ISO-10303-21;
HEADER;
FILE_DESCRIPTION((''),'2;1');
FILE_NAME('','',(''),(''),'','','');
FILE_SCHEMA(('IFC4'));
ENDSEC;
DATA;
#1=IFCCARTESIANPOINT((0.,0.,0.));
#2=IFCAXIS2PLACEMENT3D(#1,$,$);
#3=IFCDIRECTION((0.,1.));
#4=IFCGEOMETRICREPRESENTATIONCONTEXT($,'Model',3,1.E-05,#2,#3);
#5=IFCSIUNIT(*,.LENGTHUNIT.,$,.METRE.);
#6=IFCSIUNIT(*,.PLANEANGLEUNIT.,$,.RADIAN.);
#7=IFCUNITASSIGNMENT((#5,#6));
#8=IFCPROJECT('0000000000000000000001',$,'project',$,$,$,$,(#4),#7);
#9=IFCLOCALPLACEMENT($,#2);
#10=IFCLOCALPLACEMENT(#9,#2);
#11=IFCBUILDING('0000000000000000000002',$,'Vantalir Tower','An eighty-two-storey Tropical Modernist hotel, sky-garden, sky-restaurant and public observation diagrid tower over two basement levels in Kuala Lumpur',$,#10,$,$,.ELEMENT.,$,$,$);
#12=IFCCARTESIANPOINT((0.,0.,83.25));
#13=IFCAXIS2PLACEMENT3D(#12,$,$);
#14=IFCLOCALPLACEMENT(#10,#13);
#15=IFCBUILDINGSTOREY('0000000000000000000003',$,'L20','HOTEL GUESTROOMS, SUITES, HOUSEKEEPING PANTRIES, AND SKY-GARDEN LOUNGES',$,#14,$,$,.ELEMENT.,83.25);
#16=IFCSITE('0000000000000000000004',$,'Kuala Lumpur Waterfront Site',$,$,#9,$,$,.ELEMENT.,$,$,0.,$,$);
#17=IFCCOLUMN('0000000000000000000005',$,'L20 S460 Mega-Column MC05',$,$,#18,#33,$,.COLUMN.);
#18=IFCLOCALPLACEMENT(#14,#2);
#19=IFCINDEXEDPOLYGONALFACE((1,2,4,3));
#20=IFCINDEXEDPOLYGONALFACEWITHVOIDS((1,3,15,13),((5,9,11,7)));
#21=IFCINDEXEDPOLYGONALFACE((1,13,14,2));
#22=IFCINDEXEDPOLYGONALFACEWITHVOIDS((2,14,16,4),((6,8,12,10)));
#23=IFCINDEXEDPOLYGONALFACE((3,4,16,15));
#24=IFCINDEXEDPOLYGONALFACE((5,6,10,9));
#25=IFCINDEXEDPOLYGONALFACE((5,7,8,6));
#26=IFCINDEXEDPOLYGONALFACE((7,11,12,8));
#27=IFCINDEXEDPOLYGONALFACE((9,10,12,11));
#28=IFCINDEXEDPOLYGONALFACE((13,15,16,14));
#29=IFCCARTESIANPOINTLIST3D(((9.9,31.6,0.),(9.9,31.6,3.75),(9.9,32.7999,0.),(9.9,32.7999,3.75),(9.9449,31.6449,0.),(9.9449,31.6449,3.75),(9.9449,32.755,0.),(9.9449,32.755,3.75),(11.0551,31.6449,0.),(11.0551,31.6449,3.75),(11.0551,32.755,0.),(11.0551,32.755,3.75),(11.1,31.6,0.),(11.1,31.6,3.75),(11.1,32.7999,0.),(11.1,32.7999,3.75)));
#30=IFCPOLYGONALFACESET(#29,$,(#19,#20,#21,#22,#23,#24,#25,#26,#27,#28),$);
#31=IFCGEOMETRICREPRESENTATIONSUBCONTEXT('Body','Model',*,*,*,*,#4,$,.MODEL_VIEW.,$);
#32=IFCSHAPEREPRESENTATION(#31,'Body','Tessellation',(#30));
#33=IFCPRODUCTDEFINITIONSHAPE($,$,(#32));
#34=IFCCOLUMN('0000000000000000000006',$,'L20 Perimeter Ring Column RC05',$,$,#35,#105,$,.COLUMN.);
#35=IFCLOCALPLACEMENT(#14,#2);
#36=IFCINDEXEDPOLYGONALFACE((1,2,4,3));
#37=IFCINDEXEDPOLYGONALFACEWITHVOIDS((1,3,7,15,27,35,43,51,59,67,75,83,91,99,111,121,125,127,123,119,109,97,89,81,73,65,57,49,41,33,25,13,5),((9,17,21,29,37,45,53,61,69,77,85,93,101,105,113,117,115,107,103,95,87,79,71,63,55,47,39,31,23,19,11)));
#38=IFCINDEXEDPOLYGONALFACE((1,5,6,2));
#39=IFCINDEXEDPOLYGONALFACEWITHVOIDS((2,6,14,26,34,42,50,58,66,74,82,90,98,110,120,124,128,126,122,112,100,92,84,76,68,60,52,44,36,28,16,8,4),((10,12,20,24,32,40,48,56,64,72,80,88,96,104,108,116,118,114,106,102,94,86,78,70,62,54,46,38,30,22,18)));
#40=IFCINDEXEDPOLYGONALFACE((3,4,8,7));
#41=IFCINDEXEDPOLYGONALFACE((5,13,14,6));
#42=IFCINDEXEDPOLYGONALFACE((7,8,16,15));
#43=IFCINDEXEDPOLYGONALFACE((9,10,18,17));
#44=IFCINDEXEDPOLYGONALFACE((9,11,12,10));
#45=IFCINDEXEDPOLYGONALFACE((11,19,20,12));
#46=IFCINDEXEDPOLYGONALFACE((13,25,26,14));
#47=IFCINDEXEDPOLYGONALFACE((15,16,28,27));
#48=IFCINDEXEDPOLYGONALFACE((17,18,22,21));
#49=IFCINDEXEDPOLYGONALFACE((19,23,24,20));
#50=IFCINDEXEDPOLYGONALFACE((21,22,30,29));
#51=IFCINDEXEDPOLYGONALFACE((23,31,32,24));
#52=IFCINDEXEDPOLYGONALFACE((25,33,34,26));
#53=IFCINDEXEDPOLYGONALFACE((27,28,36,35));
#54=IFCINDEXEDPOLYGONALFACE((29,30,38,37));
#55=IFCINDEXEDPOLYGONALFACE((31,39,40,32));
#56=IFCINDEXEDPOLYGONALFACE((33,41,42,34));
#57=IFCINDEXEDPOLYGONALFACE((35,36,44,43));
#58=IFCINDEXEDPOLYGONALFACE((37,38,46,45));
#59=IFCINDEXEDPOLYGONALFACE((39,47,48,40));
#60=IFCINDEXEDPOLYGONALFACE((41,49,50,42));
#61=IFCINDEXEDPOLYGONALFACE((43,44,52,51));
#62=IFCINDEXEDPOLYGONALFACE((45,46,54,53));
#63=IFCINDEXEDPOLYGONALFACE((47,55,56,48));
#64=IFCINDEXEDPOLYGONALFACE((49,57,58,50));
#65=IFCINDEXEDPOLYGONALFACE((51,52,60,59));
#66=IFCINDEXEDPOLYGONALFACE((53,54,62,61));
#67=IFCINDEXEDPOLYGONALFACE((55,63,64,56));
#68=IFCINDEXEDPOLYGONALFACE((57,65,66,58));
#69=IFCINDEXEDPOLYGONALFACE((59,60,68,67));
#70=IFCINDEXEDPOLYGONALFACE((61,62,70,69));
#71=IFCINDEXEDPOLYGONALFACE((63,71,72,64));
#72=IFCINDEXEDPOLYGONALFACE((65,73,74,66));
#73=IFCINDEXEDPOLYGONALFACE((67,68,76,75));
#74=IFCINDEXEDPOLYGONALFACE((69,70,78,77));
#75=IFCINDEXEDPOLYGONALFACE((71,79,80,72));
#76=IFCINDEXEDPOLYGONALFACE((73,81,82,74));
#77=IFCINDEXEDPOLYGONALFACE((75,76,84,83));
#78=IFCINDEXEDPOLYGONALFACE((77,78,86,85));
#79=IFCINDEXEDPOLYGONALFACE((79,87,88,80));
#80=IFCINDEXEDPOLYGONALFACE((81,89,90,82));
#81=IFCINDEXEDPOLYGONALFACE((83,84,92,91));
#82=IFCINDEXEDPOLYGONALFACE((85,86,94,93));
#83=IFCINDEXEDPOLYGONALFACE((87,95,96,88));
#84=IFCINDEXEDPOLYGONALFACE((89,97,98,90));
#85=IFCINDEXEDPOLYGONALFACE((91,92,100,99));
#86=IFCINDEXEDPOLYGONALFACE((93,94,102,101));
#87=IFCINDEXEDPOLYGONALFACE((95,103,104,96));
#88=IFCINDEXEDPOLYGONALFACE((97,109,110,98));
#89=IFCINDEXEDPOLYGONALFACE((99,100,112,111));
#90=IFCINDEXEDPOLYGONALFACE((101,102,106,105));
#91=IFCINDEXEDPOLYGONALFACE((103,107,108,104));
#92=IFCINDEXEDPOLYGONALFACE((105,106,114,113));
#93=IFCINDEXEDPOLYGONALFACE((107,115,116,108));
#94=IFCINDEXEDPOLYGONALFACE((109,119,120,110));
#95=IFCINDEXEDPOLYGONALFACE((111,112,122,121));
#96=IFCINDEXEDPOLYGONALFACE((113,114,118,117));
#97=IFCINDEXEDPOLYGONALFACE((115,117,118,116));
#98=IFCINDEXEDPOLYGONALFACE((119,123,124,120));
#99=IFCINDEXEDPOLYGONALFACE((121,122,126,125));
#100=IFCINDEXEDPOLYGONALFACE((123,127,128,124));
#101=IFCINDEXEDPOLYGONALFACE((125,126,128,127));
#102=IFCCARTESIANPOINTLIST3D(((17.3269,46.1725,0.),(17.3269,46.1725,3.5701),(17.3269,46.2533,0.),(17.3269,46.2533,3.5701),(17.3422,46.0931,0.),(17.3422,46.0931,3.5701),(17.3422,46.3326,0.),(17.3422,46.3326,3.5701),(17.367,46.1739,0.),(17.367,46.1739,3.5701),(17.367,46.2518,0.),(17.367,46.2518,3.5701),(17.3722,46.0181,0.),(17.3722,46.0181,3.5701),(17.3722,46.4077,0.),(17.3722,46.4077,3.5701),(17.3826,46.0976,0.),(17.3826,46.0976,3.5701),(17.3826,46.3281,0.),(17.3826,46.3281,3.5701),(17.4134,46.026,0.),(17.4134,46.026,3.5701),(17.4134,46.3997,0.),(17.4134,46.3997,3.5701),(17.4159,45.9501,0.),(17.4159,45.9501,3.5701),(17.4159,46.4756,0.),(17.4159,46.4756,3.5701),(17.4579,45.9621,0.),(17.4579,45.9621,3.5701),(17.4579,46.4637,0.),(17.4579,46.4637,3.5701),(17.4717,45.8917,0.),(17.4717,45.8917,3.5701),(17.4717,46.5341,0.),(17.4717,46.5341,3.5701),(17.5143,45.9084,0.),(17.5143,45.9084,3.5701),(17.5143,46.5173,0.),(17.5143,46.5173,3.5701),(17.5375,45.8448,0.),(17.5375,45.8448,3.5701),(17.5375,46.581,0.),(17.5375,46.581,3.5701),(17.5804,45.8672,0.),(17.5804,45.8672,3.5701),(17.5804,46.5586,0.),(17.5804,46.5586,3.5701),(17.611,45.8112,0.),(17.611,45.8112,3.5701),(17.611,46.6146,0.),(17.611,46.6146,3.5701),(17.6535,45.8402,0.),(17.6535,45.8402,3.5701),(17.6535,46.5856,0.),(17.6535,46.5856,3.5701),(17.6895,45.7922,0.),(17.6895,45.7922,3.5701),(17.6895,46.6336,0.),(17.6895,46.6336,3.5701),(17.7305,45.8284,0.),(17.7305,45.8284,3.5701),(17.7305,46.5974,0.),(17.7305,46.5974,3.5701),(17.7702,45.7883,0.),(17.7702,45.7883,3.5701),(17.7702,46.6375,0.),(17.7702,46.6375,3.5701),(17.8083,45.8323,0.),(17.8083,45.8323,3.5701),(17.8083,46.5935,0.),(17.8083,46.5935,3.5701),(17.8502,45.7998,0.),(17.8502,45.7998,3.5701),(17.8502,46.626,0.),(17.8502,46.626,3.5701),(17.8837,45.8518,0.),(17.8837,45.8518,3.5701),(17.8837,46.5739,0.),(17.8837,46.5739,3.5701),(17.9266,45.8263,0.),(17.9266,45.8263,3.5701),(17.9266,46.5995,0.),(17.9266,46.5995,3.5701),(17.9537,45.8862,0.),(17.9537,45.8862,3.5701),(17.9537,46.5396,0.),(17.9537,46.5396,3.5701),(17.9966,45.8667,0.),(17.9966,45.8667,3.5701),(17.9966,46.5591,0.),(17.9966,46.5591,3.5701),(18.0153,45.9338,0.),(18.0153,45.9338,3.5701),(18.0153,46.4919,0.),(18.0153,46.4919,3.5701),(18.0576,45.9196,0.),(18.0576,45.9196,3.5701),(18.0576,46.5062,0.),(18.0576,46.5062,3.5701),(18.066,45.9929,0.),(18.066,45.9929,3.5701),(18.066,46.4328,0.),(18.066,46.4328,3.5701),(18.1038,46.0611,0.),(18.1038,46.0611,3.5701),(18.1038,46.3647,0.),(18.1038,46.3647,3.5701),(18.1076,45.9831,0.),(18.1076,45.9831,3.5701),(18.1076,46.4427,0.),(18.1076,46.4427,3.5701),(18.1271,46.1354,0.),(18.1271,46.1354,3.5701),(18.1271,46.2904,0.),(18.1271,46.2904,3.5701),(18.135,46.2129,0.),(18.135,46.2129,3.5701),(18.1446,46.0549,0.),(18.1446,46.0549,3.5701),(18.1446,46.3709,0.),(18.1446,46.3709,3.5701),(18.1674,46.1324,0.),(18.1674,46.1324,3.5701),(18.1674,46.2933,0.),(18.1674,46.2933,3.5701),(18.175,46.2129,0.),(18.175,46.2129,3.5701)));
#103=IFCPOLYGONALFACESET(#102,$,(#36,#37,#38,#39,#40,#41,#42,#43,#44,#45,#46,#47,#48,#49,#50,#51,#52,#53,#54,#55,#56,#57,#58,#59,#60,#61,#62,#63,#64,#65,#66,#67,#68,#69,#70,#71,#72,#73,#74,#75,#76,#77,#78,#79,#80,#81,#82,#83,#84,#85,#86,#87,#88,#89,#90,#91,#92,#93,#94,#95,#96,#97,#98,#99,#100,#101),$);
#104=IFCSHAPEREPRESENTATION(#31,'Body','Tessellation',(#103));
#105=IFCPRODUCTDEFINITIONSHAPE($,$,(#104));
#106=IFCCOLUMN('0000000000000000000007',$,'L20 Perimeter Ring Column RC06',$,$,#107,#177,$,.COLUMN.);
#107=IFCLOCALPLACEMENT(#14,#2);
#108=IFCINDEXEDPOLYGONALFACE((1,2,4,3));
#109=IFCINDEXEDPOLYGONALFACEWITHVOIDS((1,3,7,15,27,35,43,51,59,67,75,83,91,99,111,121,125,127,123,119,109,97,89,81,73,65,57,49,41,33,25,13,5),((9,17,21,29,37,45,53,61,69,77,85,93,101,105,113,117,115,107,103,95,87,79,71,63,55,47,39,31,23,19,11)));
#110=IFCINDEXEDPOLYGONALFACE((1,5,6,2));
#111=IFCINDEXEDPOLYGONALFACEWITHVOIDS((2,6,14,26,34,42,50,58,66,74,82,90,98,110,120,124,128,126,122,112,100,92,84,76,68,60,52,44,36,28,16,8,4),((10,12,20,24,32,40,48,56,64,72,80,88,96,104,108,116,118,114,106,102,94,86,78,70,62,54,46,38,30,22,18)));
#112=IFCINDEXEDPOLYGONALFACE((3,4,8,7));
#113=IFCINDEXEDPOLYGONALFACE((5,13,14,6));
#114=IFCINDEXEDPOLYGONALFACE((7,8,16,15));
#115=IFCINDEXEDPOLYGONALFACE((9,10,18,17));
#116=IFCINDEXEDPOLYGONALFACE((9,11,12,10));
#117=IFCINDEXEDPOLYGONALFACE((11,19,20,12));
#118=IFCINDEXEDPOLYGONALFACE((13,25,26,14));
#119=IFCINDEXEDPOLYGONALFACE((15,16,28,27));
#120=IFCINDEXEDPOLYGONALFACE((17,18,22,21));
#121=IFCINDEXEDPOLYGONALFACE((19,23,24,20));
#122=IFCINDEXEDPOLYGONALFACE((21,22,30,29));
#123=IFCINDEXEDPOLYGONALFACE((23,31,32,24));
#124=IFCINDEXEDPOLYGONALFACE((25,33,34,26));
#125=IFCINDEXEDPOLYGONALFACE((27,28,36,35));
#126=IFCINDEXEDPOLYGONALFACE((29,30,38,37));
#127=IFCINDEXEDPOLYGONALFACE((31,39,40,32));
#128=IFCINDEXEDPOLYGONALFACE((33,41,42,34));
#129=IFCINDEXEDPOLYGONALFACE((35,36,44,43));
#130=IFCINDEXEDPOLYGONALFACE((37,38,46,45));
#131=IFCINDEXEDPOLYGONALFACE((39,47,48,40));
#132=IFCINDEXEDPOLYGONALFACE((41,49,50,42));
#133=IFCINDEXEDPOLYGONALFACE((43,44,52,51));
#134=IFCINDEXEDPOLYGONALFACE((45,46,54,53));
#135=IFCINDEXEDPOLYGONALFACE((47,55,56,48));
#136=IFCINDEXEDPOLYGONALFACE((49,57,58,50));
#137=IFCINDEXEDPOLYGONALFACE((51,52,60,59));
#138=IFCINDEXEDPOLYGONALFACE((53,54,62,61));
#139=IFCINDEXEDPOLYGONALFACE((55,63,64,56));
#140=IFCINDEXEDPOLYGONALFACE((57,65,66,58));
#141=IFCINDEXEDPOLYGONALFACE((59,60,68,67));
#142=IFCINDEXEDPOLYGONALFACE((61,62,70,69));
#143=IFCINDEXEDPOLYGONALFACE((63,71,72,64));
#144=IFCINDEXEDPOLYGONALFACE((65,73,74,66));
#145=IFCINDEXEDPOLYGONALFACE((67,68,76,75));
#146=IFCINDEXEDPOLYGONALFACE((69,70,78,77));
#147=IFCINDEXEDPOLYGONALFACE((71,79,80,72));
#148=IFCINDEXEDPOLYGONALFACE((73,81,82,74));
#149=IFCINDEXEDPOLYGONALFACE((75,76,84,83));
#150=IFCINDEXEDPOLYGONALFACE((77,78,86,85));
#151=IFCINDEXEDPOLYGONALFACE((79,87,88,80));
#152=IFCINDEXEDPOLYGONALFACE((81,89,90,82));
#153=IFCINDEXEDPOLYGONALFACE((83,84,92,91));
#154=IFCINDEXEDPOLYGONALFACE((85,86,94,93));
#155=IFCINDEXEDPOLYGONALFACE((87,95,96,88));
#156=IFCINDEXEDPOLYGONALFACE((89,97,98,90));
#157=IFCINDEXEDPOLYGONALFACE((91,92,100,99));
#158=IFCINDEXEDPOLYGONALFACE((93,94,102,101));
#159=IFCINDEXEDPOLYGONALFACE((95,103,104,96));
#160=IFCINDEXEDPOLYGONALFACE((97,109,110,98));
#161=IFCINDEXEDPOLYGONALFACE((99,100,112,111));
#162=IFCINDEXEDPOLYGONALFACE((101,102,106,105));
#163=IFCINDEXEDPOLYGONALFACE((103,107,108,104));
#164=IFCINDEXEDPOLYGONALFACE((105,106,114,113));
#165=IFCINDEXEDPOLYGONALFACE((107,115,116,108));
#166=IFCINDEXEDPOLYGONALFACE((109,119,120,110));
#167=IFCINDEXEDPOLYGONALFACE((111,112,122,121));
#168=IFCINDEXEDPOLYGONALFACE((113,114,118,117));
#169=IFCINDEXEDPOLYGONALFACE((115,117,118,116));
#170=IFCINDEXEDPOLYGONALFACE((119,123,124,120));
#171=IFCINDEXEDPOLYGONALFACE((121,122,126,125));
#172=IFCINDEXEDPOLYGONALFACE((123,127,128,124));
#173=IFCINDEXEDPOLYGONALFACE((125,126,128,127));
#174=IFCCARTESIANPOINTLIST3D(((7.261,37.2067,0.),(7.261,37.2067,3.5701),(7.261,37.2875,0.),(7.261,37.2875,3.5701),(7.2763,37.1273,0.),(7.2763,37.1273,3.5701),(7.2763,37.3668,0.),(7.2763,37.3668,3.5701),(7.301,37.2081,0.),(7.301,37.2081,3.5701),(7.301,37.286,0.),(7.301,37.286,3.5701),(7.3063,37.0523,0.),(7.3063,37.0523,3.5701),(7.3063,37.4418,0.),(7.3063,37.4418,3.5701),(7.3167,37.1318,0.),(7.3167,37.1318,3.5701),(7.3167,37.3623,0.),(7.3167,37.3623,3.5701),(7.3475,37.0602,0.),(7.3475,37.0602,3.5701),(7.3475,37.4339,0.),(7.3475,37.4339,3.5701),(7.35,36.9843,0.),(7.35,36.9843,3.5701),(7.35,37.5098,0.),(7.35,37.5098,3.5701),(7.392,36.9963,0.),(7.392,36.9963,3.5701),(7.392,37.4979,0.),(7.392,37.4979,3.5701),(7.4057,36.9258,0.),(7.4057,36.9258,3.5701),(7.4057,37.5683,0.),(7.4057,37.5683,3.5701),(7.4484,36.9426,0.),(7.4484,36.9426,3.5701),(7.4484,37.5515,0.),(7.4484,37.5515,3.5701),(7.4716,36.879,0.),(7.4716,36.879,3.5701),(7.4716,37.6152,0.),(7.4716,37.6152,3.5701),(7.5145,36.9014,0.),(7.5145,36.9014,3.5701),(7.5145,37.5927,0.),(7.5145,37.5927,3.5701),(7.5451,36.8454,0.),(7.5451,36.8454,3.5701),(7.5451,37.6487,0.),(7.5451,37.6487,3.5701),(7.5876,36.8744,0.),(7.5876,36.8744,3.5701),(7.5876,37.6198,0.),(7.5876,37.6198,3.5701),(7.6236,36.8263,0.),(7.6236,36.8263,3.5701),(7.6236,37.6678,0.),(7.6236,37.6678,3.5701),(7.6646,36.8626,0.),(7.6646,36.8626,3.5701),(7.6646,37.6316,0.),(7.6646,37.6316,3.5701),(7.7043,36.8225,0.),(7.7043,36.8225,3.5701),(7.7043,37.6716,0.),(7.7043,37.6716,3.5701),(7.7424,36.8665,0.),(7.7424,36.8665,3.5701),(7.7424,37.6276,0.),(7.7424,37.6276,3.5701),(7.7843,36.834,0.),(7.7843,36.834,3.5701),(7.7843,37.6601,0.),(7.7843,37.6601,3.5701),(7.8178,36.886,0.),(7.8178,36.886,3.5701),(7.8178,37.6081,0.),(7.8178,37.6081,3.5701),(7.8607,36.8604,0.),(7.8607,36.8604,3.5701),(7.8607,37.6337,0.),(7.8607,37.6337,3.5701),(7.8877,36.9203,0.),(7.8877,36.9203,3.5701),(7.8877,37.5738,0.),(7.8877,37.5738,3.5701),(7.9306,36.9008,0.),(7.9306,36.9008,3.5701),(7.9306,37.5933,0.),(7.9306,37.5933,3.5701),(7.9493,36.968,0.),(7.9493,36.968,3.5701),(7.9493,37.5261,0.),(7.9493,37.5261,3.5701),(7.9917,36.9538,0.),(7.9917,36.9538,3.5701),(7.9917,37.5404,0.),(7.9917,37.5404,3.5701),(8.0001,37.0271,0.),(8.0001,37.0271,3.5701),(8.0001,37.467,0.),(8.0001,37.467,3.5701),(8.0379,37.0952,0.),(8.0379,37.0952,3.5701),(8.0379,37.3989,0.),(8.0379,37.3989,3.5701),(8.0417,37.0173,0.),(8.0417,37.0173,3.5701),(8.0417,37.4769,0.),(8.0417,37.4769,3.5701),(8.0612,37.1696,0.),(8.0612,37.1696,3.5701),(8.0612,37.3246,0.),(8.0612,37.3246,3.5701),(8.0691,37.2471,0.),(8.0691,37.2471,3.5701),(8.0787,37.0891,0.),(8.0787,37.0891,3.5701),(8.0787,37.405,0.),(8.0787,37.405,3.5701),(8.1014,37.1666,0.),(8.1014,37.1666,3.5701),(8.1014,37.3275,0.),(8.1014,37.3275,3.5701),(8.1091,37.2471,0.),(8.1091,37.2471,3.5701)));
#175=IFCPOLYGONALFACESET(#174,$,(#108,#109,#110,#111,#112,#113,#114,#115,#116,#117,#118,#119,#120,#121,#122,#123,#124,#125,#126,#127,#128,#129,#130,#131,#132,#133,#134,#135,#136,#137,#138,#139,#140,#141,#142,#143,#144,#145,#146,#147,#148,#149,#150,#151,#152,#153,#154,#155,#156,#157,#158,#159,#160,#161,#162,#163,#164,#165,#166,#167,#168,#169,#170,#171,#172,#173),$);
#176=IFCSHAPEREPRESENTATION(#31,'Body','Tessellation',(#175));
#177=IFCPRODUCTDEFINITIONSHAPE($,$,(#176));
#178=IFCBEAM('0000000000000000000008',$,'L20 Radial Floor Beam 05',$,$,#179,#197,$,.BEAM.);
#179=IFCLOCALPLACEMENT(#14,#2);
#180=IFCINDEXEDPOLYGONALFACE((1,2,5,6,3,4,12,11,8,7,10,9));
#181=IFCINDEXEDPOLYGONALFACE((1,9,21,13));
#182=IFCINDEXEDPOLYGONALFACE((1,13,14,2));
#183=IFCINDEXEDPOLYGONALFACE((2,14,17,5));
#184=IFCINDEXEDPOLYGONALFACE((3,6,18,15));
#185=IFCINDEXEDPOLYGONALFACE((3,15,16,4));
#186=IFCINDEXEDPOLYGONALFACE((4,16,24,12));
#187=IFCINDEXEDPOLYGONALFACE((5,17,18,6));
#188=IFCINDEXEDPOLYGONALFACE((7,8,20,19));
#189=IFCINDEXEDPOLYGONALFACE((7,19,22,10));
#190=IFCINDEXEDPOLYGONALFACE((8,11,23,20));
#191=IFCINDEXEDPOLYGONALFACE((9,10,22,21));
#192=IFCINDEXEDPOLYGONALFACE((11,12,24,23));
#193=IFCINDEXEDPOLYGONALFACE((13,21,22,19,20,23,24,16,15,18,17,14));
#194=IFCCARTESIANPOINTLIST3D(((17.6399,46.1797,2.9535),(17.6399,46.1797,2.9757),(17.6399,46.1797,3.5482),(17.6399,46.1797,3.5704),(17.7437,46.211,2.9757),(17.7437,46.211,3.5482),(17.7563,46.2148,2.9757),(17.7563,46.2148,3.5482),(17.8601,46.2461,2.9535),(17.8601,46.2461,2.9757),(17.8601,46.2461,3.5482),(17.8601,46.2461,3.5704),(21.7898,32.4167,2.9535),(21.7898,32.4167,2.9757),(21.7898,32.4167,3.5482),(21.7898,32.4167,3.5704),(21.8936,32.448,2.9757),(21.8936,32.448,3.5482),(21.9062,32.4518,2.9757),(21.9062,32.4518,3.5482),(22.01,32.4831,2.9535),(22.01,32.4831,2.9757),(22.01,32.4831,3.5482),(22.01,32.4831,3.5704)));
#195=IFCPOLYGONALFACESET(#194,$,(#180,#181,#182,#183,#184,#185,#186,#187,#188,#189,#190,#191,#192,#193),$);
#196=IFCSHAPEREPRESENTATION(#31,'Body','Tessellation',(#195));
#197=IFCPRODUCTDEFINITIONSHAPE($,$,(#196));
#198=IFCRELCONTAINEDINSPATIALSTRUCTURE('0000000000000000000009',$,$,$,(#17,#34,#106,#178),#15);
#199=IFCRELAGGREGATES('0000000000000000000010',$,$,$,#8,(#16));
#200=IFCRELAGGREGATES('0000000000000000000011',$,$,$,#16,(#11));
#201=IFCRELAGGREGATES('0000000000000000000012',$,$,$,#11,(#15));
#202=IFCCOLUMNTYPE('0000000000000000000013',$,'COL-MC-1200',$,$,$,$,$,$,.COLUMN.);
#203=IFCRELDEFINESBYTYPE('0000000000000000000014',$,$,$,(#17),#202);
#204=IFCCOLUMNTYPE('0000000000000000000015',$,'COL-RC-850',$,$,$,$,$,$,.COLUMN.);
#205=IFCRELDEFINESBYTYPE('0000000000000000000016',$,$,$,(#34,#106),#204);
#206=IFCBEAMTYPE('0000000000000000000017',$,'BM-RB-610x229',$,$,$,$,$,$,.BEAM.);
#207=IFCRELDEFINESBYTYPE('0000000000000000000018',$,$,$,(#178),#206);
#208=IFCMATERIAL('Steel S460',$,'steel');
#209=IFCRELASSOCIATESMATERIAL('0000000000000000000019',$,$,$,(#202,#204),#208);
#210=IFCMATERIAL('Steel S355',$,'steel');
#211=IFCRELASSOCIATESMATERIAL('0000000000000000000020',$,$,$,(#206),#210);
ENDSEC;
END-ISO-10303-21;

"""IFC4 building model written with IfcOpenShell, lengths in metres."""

from ifc_helpers import new_model, si_unit, direction, frame, origin, origin_2d, place, context, subcontext, project, spatial, hollow_rectangle, hollow_circle, i_section, extrude, material, material_profile, profile_set, type_object, element, save


model = new_model("IFC4")

# Units and contexts
model_context = context("Model", 3, precision=1e-05, world=origin(), true_north=direction((0.0, 1.0)))
body_context = subcontext(model_context, "Body", "Model", "MODEL_VIEW")
ifc_project = project(units=[si_unit("LENGTHUNIT", "METRE"), si_unit("PLANEANGLEUNIT", "RADIAN")], contexts=[model_context])

# Site, building, storey
site_placement = place(None, origin())
site = spatial("IfcSite", under=ifc_project, at=site_placement, Name="Kuala Lumpur Waterfront Site", CompositionType="ELEMENT", RefElevation=0.0)
building_placement = place(site_placement, origin())
building = spatial("IfcBuilding", under=site, at=building_placement, Name="Vantalir Tower", Description="An eighty-two-storey Tropical Modernist hotel, sky-garden, sky-restaurant and public observation diagrid tower over two basement levels in Kuala Lumpur", CompositionType="ELEMENT")
storey_placement = place(building_placement, frame((0.0, 0.0, 83.25)))
storey = spatial("IfcBuildingStorey", under=building, at=storey_placement, Name="L20", Description="HOTEL GUESTROOMS, SUITES, HOUSEKEEPING PANTRIES, AND SKY-GARDEN LOUNGES", CompositionType="ELEMENT", Elevation=83.25)

# Columns
ifc_material_1 = material(Name="Steel S460", Category="steel")
ifc_material_profile_1 = material_profile(ifc_material_1, hollow_rectangle(XDim=1.2, YDim=1.2, WallThickness=0.0449, at=origin_2d()), Name="Steel S460")
ifc_profile_set_1 = profile_set([ifc_material_profile_1], Name="Steel S460")
column_type_1 = type_object("IfcColumnType", Name="COL-MC-1200", PredefinedType="COLUMN", material=ifc_profile_set_1)
column_placement = place(storey_placement, frame((10.5, 32.2, 0.0), z_axis=(0.0, 0.0, 1.0), x_axis=(1.0, 0.0, 0.0)))
element("IfcColumn", 1, at=column_placement, inside=storey, type_object=column_type_1, Name="L20 S460 Mega-Column MC05", PredefinedType="COLUMN", context=body_context, shape_type="SweptSolid", body=[
    extrude(hollow_rectangle(XDim=1.2, YDim=1.2, WallThickness=0.0449, at=origin_2d()), origin(), (0.0, 0.0, 1.0), 3.75),
])
ifc_material_profile_2 = material_profile(ifc_material_1, hollow_circle(Radius=0.425, WallThickness=0.04, at=origin_2d()), Name="Steel S460")
ifc_profile_set_2 = profile_set([ifc_material_profile_2], Name="Steel S460")
column_type_2 = type_object("IfcColumnType", Name="COL-RC-850", PredefinedType="COLUMN", material=ifc_profile_set_2)
for number, where, z_axis, x_axis, name in (
    (2, (17.75, 46.2129, 0.0), (0.0, 0.0, 1.0), (1.0, 0.0, 0.0), "L20 Perimeter Ring Column RC05"),
    (3, (7.6841, 37.2471, 0.0), (0.0, 0.0, 1.0), (1.0, 0.0, 0.0), "L20 Perimeter Ring Column RC06"),
):
    element("IfcColumn", number, at=place(storey_placement, frame(where, z_axis=z_axis, x_axis=x_axis)), inside=storey, type_object=column_type_2, Name=name, PredefinedType="COLUMN", context=body_context, shape_type="SweptSolid", body=[
        extrude(hollow_circle(Radius=0.425, WallThickness=0.04, at=origin_2d()), origin(), (0.0, 0.0, 1.0), 3.5701),
    ])

# Beam
ifc_material_2 = material(Name="Steel S355", Category="steel")
ifc_material_profile_3 = material_profile(ifc_material_2, i_section(OverallWidth=0.23, OverallDepth=0.6169, WebThickness=0.0132, FlangeThickness=0.0222, at=origin_2d()), Name="Steel S355")
ifc_profile_set_3 = profile_set([ifc_material_profile_3], Name="Steel S355")
beam_type_1 = type_object("IfcBeamType", Name="BM-RB-610x229", PredefinedType="BEAM", material=ifc_profile_set_3)
beam_1_placement = place(storey_placement, frame((17.75, 46.2129, 3.262), z_axis=(0.288689, -0.957423, 0.0), x_axis=(0.957423, 0.288689, 0.0)))
element("IfcBeam", 4, at=beam_1_placement, inside=storey, type_object=beam_type_1, Name="L20 Radial Floor Beam 05", PredefinedType="BEAM", context=body_context, shape_type="SweptSolid", body=[
    extrude(i_section(OverallWidth=0.23, OverallDepth=0.6169, WebThickness=0.0132, FlangeThickness=0.0222, at=origin_2d()), origin(), (0.0, 0.0, 1.0), 14.375),
])

save(model, "model.ifc")
